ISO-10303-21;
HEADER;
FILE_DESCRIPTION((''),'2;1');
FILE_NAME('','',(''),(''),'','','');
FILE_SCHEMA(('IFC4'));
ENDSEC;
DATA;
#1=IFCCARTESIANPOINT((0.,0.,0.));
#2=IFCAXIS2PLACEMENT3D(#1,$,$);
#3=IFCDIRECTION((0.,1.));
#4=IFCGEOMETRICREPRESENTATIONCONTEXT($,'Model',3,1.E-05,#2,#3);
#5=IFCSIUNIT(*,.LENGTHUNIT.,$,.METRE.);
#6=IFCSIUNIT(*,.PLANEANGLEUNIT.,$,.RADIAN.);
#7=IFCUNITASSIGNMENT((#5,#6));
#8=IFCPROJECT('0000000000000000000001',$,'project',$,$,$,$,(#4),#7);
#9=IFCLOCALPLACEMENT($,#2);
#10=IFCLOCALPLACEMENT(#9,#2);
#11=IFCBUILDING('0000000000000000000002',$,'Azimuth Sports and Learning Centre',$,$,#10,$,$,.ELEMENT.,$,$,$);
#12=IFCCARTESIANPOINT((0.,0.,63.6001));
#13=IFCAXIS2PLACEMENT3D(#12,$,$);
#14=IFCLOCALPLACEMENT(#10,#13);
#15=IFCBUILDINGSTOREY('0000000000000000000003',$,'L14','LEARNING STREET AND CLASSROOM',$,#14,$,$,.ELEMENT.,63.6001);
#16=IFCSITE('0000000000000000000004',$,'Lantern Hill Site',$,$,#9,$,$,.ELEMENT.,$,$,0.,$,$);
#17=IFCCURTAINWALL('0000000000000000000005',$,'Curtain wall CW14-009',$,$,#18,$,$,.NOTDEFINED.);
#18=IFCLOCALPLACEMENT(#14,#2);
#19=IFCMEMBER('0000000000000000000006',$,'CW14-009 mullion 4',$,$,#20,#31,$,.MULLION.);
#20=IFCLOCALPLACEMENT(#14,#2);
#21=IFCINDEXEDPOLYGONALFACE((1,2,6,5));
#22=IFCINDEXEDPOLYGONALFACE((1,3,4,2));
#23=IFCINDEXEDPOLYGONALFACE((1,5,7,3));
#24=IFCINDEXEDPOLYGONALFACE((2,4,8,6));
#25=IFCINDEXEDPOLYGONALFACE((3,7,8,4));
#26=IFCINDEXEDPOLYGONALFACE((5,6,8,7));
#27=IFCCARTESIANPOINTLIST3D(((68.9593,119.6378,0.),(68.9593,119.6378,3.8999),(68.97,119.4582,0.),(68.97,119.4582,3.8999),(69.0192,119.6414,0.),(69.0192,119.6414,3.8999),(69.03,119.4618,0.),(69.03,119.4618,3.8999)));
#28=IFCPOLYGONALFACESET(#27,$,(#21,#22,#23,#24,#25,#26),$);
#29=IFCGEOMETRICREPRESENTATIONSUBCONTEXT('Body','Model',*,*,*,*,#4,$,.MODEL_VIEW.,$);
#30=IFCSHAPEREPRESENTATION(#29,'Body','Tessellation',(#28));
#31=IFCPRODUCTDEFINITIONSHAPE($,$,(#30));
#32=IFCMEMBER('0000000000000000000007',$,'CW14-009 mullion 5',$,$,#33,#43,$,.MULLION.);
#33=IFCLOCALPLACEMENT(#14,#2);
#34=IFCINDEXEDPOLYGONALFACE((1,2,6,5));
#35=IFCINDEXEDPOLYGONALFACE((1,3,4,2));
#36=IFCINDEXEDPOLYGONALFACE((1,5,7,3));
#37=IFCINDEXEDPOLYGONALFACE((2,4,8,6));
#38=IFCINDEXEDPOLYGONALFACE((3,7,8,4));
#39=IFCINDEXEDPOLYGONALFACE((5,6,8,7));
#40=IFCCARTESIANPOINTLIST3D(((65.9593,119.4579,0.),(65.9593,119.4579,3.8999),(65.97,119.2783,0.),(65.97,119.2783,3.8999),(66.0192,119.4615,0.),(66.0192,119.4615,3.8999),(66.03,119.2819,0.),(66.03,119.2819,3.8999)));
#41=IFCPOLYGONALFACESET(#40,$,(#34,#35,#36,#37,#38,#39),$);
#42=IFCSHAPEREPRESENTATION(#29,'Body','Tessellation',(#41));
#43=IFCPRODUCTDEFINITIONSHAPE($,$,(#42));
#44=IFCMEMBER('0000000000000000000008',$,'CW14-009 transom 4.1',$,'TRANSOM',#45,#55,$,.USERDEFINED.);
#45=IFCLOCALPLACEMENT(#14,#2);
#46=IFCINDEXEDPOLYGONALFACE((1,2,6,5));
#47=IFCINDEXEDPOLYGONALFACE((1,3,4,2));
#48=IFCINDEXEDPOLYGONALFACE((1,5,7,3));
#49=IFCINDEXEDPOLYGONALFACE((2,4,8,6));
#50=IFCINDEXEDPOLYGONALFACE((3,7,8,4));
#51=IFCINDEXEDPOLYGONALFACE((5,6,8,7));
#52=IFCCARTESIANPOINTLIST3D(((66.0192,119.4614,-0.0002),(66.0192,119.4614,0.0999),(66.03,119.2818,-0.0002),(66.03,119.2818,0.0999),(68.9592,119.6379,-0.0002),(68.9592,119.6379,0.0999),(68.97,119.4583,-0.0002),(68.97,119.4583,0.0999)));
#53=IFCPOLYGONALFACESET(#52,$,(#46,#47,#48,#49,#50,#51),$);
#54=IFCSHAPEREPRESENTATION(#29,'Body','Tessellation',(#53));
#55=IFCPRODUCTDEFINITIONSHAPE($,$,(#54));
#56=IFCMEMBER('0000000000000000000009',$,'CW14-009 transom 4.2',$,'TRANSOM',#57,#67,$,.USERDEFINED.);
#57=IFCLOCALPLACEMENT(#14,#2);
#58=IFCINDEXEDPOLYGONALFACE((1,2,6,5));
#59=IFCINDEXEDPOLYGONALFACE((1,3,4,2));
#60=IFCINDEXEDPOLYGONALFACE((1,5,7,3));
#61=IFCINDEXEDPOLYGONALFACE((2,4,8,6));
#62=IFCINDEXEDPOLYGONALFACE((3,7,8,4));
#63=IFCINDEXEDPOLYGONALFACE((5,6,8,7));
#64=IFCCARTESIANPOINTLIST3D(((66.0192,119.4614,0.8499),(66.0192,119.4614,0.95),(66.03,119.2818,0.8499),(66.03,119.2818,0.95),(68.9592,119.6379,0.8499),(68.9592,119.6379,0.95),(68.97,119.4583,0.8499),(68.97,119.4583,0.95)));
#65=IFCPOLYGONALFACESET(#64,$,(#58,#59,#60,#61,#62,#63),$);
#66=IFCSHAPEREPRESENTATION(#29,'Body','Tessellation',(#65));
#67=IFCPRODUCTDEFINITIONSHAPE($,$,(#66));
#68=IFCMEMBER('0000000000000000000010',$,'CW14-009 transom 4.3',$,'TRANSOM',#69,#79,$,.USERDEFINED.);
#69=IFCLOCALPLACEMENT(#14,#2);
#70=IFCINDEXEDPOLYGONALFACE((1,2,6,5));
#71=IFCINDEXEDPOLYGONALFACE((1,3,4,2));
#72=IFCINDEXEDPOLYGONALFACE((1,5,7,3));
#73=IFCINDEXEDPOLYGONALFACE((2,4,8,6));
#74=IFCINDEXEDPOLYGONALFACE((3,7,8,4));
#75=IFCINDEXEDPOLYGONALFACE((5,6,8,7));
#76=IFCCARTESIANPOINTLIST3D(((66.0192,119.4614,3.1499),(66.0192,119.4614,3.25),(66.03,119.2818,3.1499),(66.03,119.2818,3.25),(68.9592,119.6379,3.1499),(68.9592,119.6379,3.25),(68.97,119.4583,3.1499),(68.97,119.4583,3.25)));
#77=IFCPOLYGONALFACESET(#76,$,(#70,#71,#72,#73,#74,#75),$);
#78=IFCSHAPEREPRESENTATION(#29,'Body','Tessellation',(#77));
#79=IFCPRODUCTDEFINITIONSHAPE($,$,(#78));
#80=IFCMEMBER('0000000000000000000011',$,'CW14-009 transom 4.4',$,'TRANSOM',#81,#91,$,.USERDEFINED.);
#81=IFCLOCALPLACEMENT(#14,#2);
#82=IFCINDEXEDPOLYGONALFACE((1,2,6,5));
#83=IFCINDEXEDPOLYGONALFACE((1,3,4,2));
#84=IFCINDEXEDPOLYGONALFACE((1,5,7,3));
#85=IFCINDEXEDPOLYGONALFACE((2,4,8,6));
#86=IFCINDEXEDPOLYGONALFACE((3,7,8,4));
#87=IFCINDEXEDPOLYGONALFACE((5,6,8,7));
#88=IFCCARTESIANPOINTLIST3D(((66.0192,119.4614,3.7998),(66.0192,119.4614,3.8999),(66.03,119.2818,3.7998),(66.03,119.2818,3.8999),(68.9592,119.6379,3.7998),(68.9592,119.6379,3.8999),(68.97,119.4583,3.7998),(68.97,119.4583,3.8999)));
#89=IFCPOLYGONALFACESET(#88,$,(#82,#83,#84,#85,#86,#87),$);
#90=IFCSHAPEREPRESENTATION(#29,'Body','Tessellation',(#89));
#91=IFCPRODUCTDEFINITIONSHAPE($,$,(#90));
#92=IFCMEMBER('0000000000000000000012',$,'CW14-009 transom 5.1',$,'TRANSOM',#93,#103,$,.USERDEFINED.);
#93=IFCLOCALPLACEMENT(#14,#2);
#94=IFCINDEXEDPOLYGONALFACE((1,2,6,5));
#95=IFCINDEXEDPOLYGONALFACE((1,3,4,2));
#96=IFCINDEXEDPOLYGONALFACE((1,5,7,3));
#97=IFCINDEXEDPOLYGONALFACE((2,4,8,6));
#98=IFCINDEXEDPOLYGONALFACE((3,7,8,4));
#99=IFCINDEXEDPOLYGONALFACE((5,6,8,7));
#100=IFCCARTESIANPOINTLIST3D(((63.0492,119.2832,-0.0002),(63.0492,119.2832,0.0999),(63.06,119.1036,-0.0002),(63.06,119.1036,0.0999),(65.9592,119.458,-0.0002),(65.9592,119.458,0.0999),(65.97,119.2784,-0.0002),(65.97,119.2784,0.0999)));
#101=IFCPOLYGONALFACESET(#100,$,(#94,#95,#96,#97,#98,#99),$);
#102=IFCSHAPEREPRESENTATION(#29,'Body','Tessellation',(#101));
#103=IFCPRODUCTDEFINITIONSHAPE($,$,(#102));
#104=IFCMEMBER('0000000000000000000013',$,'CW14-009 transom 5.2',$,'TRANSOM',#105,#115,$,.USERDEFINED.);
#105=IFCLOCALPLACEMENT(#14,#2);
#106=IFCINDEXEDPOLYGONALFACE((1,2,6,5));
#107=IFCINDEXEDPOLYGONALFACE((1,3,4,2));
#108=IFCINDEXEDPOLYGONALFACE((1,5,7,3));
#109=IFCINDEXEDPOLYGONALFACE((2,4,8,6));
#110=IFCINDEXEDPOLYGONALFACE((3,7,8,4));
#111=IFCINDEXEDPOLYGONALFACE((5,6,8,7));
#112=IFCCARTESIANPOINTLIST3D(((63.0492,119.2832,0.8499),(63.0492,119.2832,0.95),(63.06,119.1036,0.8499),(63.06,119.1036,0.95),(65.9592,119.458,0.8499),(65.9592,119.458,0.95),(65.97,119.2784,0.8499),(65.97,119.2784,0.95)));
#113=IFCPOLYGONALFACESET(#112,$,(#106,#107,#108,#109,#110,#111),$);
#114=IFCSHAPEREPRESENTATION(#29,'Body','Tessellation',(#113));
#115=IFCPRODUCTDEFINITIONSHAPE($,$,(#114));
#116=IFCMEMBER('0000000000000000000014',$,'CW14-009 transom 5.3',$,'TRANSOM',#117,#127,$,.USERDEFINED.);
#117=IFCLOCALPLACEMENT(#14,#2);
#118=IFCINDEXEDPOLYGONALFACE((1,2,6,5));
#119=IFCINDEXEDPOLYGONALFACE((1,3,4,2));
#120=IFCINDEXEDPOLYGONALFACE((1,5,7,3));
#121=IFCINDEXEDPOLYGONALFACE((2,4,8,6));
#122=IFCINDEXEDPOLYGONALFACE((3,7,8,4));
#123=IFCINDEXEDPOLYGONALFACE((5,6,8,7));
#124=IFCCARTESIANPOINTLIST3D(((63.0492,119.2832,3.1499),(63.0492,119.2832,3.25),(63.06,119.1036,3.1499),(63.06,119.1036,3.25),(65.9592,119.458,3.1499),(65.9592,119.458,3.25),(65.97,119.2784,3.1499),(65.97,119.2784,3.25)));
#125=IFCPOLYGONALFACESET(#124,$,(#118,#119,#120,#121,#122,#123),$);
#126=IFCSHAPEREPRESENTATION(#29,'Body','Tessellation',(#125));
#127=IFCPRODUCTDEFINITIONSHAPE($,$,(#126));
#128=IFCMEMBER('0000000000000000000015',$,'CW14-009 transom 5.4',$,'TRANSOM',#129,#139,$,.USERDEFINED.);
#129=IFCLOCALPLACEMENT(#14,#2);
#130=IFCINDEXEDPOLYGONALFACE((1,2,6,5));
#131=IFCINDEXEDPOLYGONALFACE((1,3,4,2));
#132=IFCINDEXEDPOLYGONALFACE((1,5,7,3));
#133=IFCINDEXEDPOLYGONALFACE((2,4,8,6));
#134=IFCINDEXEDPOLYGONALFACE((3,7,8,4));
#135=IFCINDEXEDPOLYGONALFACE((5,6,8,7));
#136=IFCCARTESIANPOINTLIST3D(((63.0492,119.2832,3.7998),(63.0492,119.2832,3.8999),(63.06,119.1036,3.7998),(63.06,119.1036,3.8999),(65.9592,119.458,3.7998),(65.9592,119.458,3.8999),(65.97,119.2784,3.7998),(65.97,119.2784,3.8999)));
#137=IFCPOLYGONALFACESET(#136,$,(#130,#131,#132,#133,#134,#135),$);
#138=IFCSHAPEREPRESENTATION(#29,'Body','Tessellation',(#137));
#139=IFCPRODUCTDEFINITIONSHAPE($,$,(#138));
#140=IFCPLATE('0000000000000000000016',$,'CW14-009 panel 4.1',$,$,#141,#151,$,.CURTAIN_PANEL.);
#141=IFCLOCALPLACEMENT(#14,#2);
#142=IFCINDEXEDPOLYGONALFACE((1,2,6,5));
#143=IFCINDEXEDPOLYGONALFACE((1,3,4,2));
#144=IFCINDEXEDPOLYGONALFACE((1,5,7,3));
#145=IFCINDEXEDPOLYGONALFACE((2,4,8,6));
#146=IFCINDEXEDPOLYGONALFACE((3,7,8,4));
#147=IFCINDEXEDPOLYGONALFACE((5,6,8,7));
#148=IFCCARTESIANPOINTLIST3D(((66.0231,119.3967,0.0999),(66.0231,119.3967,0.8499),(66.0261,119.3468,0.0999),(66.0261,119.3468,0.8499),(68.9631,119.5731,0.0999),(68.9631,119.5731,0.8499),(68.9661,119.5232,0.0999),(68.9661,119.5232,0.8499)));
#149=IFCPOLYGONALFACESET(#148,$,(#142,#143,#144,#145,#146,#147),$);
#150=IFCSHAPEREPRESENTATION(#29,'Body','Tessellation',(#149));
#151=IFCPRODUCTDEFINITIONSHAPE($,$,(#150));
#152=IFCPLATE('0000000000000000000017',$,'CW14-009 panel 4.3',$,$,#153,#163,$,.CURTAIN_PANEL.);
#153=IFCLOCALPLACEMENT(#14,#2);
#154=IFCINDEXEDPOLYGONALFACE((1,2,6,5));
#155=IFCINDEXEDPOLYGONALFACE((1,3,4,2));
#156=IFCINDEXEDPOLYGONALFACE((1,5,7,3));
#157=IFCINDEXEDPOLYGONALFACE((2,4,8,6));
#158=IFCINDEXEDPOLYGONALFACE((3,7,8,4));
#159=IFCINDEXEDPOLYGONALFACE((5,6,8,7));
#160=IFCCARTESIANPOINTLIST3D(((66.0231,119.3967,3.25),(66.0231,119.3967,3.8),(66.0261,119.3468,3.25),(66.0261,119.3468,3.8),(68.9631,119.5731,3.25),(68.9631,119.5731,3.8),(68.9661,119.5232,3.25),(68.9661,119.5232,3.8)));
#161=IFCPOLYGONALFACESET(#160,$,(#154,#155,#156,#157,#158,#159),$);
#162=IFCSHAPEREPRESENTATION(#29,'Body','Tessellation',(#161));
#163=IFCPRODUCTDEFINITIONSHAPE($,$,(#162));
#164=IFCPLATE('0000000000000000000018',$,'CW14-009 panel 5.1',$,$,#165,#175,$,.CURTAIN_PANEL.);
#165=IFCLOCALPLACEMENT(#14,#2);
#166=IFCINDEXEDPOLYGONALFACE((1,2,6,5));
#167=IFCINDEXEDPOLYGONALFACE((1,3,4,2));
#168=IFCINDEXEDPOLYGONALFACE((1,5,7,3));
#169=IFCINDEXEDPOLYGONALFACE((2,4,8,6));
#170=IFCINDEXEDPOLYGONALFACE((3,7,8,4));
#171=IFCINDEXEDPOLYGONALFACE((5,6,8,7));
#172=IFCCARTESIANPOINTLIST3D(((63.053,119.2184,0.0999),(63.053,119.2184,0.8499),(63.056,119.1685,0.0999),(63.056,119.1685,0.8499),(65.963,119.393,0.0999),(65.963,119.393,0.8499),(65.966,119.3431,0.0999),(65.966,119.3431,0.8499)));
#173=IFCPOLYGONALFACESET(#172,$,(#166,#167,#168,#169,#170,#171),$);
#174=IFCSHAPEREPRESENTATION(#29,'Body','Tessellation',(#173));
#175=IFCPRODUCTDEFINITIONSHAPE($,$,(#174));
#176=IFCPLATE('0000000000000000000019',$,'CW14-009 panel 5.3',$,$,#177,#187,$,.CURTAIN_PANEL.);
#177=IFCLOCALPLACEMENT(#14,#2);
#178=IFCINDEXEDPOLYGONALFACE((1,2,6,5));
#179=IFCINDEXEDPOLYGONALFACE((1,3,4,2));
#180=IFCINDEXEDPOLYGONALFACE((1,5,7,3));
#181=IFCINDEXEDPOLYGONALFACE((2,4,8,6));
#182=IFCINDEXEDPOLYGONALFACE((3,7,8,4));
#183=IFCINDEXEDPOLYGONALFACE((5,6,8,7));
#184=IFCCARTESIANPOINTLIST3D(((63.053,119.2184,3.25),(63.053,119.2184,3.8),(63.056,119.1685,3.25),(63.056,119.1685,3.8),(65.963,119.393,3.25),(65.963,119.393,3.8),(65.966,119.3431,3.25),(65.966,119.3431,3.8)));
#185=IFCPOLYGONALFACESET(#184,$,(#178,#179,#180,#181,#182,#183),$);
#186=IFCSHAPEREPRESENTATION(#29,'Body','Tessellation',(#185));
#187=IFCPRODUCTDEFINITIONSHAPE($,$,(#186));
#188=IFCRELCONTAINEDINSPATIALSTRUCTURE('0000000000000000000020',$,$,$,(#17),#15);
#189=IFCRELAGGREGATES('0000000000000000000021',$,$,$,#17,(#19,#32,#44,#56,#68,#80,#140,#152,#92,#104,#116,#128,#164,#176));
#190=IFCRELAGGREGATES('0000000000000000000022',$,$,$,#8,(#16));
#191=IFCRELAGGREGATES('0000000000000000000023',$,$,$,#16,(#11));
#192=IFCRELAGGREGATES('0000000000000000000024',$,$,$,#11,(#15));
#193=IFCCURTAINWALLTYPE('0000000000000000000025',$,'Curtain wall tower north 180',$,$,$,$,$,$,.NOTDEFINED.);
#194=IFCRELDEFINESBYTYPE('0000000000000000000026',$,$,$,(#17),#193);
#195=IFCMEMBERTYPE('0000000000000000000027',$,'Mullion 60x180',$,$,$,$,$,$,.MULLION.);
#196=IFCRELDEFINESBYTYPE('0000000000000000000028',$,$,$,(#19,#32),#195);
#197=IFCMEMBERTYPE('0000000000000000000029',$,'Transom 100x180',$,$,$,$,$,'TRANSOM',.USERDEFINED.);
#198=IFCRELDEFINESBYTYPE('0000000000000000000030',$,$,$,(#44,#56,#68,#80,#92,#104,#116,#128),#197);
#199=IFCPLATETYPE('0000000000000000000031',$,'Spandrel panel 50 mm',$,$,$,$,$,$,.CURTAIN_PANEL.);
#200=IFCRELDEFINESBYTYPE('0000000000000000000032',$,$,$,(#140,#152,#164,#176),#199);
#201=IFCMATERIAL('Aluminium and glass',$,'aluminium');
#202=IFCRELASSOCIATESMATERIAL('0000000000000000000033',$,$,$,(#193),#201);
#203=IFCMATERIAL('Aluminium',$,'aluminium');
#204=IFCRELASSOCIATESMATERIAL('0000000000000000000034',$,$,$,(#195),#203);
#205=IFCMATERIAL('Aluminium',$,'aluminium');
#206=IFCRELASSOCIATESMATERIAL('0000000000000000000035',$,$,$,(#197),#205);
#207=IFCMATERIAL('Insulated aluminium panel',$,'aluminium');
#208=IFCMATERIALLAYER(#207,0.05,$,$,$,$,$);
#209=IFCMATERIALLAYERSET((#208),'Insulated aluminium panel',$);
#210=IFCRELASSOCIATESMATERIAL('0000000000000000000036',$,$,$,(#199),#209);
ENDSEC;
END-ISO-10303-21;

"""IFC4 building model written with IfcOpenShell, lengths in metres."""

from ifc_helpers import new_model, si_unit, direction, frame, origin, origin_2d, place, context, subcontext, project, spatial, rectangle, extrude, material, layer, layer_set, material_profile, profile_set, type_object, element, aggregate, save


model = new_model("IFC4")

# Units and contexts
model_context = context("Model", 3, precision=1e-05, world=origin(), true_north=direction((0.0, 1.0)))
body_context = subcontext(model_context, "Body", "Model", "MODEL_VIEW")
ifc_project = project(units=[si_unit("LENGTHUNIT", "METRE"), si_unit("PLANEANGLEUNIT", "RADIAN")], contexts=[model_context])

# Site, building, storey
site_placement = place(None, origin())
site = spatial("IfcSite", under=ifc_project, at=site_placement, Name="Lantern Hill Site", CompositionType="ELEMENT", RefElevation=0.0)
building_placement = place(site_placement, origin())
building = spatial("IfcBuilding", under=site, at=building_placement, Name="Azimuth Sports and Learning Centre", CompositionType="ELEMENT")
storey_placement = place(building_placement, frame((0.0, 0.0, 63.6001)))
storey = spatial("IfcBuildingStorey", under=building, at=storey_placement, Name="L14", Description="LEARNING STREET AND CLASSROOM", CompositionType="ELEMENT", Elevation=63.6001)

# Curtain wall, members, plates
ifc_material_1 = material(Name="Aluminium and glass", Category="aluminium")
curtain_wall_type = type_object("IfcCurtainWallType", Name="Curtain wall tower north 180", PredefinedType="NOTDEFINED", material=ifc_material_1)
curtain_wall_placement = place(storey_placement, origin())
curtain_wall = element("IfcCurtainWall", 1, at=curtain_wall_placement, inside=storey, type_object=curtain_wall_type, Name="Curtain wall CW14-009", PredefinedType="NOTDEFINED")
ifc_material_2 = material(Name="Aluminium", Category="aluminium")
ifc_material_profile_1 = material_profile(ifc_material_2, rectangle(XDim=0.1799, YDim=0.0601, at=origin_2d()), Name="Mullion 60x180")
ifc_profile_set_1 = profile_set([ifc_material_profile_1], Name="Aluminium")
member_type_1 = type_object("IfcMemberType", Name="Mullion 60x180", PredefinedType="MULLION", material=ifc_profile_set_1)
member_1_placement = place(storey_placement, frame((68.9946, 119.5498, 0.0), z_axis=(0.0, 0.0, 1.0), x_axis=(0.059892, -0.998205, 0.0)))
member_1 = element("IfcMember", 2, at=member_1_placement, type_object=member_type_1, Name="CW14-009 mullion 4", PredefinedType="MULLION", context=body_context, shape_type="SweptSolid", body=[
    extrude(rectangle(XDim=0.1799, YDim=0.0601, at=origin_2d()), origin(), (0.0, 0.0, 1.0), 3.8999),
])
member_2_placement = place(storey_placement, frame((65.9946, 119.3699, 0.0), z_axis=(0.0, 0.0, 1.0), x_axis=(0.059892, -0.998205, 0.0)))
member_2 = element("IfcMember", 3, at=member_2_placement, type_object=member_type_1, Name="CW14-009 mullion 5", PredefinedType="MULLION", context=body_context, shape_type="SweptSolid", body=[
    extrude(rectangle(XDim=0.1799, YDim=0.0601, at=origin_2d()), origin(), (0.0, 0.0, 1.0), 3.8999),
])
ifc_material_3 = material(Name="Aluminium", Category="aluminium")
ifc_material_profile_2 = material_profile(ifc_material_3, rectangle(XDim=0.1799, YDim=0.1001, at=origin_2d()), Name="Transom 100x180")
ifc_profile_set_2 = profile_set([ifc_material_profile_2], Name="Aluminium")
member_type_2 = type_object("IfcMemberType", Name="Transom 100x180", ElementType="TRANSOM", PredefinedType="USERDEFINED", material=ifc_profile_set_2)
member_3_placement = place(storey_placement, frame((68.9646, 119.5481, 0.0498), z_axis=(-0.998202, -0.059932, 0.0), x_axis=(0.059932, -0.998202, 0.0)))
member_3 = element("IfcMember", 4, at=member_3_placement, type_object=member_type_2, Name="CW14-009 transom 4.1", ObjectType="TRANSOM", PredefinedType="USERDEFINED", context=body_context, shape_type="SweptSolid", body=[
    extrude(rectangle(XDim=0.1799, YDim=0.1001, at=origin_2d()), origin(), (0.0, 0.0, 1.0), 2.9453),
])
member_4_placement = place(storey_placement, frame((68.9646, 119.5481, 0.8999), z_axis=(-0.998202, -0.059932, 0.0), x_axis=(0.059932, -0.998202, 0.0)))
member_4 = element("IfcMember", 5, at=member_4_placement, type_object=member_type_2, Name="CW14-009 transom 4.2", ObjectType="TRANSOM", PredefinedType="USERDEFINED", context=body_context, shape_type="SweptSolid", body=[
    extrude(rectangle(XDim=0.1799, YDim=0.1001, at=origin_2d()), origin(), (0.0, 0.0, 1.0), 2.9453),
])
member_5_placement = place(storey_placement, frame((68.9646, 119.5481, 3.2), z_axis=(-0.998202, -0.059932, 0.0), x_axis=(0.059932, -0.998202, 0.0)))
member_5 = element("IfcMember", 6, at=member_5_placement, type_object=member_type_2, Name="CW14-009 transom 4.3", ObjectType="TRANSOM", PredefinedType="USERDEFINED", context=body_context, shape_type="SweptSolid", body=[
    extrude(rectangle(XDim=0.1799, YDim=0.1001, at=origin_2d()), origin(), (0.0, 0.0, 1.0), 2.9453),
])
member_6_placement = place(storey_placement, frame((68.9646, 119.5481, 3.8499), z_axis=(-0.998202, -0.059932, 0.0), x_axis=(0.059932, -0.998202, 0.0)))
member_6 = element("IfcMember", 7, at=member_6_placement, type_object=member_type_2, Name="CW14-009 transom 4.4", ObjectType="TRANSOM", PredefinedType="USERDEFINED", context=body_context, shape_type="SweptSolid", body=[
    extrude(rectangle(XDim=0.1799, YDim=0.1001, at=origin_2d()), origin(), (0.0, 0.0, 1.0), 2.9453),
])
member_7_placement = place(storey_placement, frame((65.9646, 119.3682, 0.0498), z_axis=(-0.998201, -0.059959, 0.0), x_axis=(0.059959, -0.998201, 0.0)))
member_7 = element("IfcMember", 8, at=member_7_placement, type_object=member_type_2, Name="CW14-009 transom 5.1", ObjectType="TRANSOM", PredefinedType="USERDEFINED", context=body_context, shape_type="SweptSolid", body=[
    extrude(rectangle(XDim=0.1799, YDim=0.1001, at=origin_2d()), origin(), (0.0, 0.0, 1.0), 2.9153),
])
member_8_placement = place(storey_placement, frame((65.9646, 119.3682, 0.8999), z_axis=(-0.998201, -0.059959, 0.0), x_axis=(0.059959, -0.998201, 0.0)))
member_8 = element("IfcMember", 9, at=member_8_placement, type_object=member_type_2, Name="CW14-009 transom 5.2", ObjectType="TRANSOM", PredefinedType="USERDEFINED", context=body_context, shape_type="SweptSolid", body=[
    extrude(rectangle(XDim=0.1799, YDim=0.1001, at=origin_2d()), origin(), (0.0, 0.0, 1.0), 2.9153),
])
member_9_placement = place(storey_placement, frame((65.9646, 119.3682, 3.2), z_axis=(-0.998201, -0.059959, 0.0), x_axis=(0.059959, -0.998201, 0.0)))
member_9 = element("IfcMember", 10, at=member_9_placement, type_object=member_type_2, Name="CW14-009 transom 5.3", ObjectType="TRANSOM", PredefinedType="USERDEFINED", context=body_context, shape_type="SweptSolid", body=[
    extrude(rectangle(XDim=0.1799, YDim=0.1001, at=origin_2d()), origin(), (0.0, 0.0, 1.0), 2.9153),
])
member_10_placement = place(storey_placement, frame((65.9646, 119.3682, 3.8499), z_axis=(-0.998201, -0.059959, 0.0), x_axis=(0.059959, -0.998201, 0.0)))
member_10 = element("IfcMember", 11, at=member_10_placement, type_object=member_type_2, Name="CW14-009 transom 5.4", ObjectType="TRANSOM", PredefinedType="USERDEFINED", context=body_context, shape_type="SweptSolid", body=[
    extrude(rectangle(XDim=0.1799, YDim=0.1001, at=origin_2d()), origin(), (0.0, 0.0, 1.0), 2.9153),
])
ifc_material_4 = material(Name="Insulated aluminium panel", Category="aluminium")
ifc_layer_1 = layer(ifc_material_4, 0.05)
ifc_layer_set_1 = layer_set([ifc_layer_1], Name="Insulated aluminium panel")
plate_type_1 = type_object("IfcPlateType", Name="Spandrel panel 50 mm", PredefinedType="CURTAIN_PANEL", material=ifc_layer_set_1)
plate_1_placement = place(storey_placement, frame((67.4946, 119.46, 0.0999), z_axis=(0.0, 0.0, 1.0), x_axis=(-0.998205, -0.059892, 0.0)))
plate_1 = element("IfcPlate", 12, at=plate_1_placement, type_object=plate_type_1, Name="CW14-009 panel 4.1", PredefinedType="CURTAIN_PANEL", context=body_context, shape_type="SweptSolid", body=[
    extrude(rectangle(XDim=2.9453, YDim=0.05, at=origin_2d()), origin(), (0.0, 0.0, 1.0), 0.75),
])
plate_2_placement = place(storey_placement, frame((67.4946, 119.46, 3.25), z_axis=(0.0, 0.0, 1.0), x_axis=(-0.998205, -0.059892, 0.0)))
plate_2 = element("IfcPlate", 13, at=plate_2_placement, type_object=plate_type_1, Name="CW14-009 panel 4.3", PredefinedType="CURTAIN_PANEL", context=body_context, shape_type="SweptSolid", body=[
    extrude(rectangle(XDim=2.9453, YDim=0.05, at=origin_2d()), origin(), (0.0, 0.0, 1.0), 0.55),
])
plate_3_placement = place(storey_placement, frame((64.5095, 119.2808, 0.0999), z_axis=(0.0, 0.0, 1.0), x_axis=(-0.998205, -0.059892, 0.0)))
plate_3 = element("IfcPlate", 14, at=plate_3_placement, type_object=plate_type_1, Name="CW14-009 panel 5.1", PredefinedType="CURTAIN_PANEL", context=body_context, shape_type="SweptSolid", body=[
    extrude(rectangle(XDim=2.9153, YDim=0.05, at=origin_2d()), origin(), (0.0, 0.0, 1.0), 0.75),
])
plate_4_placement = place(storey_placement, frame((64.5095, 119.2808, 3.25), z_axis=(0.0, 0.0, 1.0), x_axis=(-0.998205, -0.059892, 0.0)))
plate_4 = element("IfcPlate", 15, at=plate_4_placement, type_object=plate_type_1, Name="CW14-009 panel 5.3", PredefinedType="CURTAIN_PANEL", context=body_context, shape_type="SweptSolid", body=[
    extrude(rectangle(XDim=2.9153, YDim=0.05, at=origin_2d()), origin(), (0.0, 0.0, 1.0), 0.55),
])
aggregate(curtain_wall, [member_1, member_2, member_3, member_4, member_5, member_6, plate_1, plate_2, member_7, member_8, member_9, member_10, plate_3, plate_4])

save(model, "model.ifc")
